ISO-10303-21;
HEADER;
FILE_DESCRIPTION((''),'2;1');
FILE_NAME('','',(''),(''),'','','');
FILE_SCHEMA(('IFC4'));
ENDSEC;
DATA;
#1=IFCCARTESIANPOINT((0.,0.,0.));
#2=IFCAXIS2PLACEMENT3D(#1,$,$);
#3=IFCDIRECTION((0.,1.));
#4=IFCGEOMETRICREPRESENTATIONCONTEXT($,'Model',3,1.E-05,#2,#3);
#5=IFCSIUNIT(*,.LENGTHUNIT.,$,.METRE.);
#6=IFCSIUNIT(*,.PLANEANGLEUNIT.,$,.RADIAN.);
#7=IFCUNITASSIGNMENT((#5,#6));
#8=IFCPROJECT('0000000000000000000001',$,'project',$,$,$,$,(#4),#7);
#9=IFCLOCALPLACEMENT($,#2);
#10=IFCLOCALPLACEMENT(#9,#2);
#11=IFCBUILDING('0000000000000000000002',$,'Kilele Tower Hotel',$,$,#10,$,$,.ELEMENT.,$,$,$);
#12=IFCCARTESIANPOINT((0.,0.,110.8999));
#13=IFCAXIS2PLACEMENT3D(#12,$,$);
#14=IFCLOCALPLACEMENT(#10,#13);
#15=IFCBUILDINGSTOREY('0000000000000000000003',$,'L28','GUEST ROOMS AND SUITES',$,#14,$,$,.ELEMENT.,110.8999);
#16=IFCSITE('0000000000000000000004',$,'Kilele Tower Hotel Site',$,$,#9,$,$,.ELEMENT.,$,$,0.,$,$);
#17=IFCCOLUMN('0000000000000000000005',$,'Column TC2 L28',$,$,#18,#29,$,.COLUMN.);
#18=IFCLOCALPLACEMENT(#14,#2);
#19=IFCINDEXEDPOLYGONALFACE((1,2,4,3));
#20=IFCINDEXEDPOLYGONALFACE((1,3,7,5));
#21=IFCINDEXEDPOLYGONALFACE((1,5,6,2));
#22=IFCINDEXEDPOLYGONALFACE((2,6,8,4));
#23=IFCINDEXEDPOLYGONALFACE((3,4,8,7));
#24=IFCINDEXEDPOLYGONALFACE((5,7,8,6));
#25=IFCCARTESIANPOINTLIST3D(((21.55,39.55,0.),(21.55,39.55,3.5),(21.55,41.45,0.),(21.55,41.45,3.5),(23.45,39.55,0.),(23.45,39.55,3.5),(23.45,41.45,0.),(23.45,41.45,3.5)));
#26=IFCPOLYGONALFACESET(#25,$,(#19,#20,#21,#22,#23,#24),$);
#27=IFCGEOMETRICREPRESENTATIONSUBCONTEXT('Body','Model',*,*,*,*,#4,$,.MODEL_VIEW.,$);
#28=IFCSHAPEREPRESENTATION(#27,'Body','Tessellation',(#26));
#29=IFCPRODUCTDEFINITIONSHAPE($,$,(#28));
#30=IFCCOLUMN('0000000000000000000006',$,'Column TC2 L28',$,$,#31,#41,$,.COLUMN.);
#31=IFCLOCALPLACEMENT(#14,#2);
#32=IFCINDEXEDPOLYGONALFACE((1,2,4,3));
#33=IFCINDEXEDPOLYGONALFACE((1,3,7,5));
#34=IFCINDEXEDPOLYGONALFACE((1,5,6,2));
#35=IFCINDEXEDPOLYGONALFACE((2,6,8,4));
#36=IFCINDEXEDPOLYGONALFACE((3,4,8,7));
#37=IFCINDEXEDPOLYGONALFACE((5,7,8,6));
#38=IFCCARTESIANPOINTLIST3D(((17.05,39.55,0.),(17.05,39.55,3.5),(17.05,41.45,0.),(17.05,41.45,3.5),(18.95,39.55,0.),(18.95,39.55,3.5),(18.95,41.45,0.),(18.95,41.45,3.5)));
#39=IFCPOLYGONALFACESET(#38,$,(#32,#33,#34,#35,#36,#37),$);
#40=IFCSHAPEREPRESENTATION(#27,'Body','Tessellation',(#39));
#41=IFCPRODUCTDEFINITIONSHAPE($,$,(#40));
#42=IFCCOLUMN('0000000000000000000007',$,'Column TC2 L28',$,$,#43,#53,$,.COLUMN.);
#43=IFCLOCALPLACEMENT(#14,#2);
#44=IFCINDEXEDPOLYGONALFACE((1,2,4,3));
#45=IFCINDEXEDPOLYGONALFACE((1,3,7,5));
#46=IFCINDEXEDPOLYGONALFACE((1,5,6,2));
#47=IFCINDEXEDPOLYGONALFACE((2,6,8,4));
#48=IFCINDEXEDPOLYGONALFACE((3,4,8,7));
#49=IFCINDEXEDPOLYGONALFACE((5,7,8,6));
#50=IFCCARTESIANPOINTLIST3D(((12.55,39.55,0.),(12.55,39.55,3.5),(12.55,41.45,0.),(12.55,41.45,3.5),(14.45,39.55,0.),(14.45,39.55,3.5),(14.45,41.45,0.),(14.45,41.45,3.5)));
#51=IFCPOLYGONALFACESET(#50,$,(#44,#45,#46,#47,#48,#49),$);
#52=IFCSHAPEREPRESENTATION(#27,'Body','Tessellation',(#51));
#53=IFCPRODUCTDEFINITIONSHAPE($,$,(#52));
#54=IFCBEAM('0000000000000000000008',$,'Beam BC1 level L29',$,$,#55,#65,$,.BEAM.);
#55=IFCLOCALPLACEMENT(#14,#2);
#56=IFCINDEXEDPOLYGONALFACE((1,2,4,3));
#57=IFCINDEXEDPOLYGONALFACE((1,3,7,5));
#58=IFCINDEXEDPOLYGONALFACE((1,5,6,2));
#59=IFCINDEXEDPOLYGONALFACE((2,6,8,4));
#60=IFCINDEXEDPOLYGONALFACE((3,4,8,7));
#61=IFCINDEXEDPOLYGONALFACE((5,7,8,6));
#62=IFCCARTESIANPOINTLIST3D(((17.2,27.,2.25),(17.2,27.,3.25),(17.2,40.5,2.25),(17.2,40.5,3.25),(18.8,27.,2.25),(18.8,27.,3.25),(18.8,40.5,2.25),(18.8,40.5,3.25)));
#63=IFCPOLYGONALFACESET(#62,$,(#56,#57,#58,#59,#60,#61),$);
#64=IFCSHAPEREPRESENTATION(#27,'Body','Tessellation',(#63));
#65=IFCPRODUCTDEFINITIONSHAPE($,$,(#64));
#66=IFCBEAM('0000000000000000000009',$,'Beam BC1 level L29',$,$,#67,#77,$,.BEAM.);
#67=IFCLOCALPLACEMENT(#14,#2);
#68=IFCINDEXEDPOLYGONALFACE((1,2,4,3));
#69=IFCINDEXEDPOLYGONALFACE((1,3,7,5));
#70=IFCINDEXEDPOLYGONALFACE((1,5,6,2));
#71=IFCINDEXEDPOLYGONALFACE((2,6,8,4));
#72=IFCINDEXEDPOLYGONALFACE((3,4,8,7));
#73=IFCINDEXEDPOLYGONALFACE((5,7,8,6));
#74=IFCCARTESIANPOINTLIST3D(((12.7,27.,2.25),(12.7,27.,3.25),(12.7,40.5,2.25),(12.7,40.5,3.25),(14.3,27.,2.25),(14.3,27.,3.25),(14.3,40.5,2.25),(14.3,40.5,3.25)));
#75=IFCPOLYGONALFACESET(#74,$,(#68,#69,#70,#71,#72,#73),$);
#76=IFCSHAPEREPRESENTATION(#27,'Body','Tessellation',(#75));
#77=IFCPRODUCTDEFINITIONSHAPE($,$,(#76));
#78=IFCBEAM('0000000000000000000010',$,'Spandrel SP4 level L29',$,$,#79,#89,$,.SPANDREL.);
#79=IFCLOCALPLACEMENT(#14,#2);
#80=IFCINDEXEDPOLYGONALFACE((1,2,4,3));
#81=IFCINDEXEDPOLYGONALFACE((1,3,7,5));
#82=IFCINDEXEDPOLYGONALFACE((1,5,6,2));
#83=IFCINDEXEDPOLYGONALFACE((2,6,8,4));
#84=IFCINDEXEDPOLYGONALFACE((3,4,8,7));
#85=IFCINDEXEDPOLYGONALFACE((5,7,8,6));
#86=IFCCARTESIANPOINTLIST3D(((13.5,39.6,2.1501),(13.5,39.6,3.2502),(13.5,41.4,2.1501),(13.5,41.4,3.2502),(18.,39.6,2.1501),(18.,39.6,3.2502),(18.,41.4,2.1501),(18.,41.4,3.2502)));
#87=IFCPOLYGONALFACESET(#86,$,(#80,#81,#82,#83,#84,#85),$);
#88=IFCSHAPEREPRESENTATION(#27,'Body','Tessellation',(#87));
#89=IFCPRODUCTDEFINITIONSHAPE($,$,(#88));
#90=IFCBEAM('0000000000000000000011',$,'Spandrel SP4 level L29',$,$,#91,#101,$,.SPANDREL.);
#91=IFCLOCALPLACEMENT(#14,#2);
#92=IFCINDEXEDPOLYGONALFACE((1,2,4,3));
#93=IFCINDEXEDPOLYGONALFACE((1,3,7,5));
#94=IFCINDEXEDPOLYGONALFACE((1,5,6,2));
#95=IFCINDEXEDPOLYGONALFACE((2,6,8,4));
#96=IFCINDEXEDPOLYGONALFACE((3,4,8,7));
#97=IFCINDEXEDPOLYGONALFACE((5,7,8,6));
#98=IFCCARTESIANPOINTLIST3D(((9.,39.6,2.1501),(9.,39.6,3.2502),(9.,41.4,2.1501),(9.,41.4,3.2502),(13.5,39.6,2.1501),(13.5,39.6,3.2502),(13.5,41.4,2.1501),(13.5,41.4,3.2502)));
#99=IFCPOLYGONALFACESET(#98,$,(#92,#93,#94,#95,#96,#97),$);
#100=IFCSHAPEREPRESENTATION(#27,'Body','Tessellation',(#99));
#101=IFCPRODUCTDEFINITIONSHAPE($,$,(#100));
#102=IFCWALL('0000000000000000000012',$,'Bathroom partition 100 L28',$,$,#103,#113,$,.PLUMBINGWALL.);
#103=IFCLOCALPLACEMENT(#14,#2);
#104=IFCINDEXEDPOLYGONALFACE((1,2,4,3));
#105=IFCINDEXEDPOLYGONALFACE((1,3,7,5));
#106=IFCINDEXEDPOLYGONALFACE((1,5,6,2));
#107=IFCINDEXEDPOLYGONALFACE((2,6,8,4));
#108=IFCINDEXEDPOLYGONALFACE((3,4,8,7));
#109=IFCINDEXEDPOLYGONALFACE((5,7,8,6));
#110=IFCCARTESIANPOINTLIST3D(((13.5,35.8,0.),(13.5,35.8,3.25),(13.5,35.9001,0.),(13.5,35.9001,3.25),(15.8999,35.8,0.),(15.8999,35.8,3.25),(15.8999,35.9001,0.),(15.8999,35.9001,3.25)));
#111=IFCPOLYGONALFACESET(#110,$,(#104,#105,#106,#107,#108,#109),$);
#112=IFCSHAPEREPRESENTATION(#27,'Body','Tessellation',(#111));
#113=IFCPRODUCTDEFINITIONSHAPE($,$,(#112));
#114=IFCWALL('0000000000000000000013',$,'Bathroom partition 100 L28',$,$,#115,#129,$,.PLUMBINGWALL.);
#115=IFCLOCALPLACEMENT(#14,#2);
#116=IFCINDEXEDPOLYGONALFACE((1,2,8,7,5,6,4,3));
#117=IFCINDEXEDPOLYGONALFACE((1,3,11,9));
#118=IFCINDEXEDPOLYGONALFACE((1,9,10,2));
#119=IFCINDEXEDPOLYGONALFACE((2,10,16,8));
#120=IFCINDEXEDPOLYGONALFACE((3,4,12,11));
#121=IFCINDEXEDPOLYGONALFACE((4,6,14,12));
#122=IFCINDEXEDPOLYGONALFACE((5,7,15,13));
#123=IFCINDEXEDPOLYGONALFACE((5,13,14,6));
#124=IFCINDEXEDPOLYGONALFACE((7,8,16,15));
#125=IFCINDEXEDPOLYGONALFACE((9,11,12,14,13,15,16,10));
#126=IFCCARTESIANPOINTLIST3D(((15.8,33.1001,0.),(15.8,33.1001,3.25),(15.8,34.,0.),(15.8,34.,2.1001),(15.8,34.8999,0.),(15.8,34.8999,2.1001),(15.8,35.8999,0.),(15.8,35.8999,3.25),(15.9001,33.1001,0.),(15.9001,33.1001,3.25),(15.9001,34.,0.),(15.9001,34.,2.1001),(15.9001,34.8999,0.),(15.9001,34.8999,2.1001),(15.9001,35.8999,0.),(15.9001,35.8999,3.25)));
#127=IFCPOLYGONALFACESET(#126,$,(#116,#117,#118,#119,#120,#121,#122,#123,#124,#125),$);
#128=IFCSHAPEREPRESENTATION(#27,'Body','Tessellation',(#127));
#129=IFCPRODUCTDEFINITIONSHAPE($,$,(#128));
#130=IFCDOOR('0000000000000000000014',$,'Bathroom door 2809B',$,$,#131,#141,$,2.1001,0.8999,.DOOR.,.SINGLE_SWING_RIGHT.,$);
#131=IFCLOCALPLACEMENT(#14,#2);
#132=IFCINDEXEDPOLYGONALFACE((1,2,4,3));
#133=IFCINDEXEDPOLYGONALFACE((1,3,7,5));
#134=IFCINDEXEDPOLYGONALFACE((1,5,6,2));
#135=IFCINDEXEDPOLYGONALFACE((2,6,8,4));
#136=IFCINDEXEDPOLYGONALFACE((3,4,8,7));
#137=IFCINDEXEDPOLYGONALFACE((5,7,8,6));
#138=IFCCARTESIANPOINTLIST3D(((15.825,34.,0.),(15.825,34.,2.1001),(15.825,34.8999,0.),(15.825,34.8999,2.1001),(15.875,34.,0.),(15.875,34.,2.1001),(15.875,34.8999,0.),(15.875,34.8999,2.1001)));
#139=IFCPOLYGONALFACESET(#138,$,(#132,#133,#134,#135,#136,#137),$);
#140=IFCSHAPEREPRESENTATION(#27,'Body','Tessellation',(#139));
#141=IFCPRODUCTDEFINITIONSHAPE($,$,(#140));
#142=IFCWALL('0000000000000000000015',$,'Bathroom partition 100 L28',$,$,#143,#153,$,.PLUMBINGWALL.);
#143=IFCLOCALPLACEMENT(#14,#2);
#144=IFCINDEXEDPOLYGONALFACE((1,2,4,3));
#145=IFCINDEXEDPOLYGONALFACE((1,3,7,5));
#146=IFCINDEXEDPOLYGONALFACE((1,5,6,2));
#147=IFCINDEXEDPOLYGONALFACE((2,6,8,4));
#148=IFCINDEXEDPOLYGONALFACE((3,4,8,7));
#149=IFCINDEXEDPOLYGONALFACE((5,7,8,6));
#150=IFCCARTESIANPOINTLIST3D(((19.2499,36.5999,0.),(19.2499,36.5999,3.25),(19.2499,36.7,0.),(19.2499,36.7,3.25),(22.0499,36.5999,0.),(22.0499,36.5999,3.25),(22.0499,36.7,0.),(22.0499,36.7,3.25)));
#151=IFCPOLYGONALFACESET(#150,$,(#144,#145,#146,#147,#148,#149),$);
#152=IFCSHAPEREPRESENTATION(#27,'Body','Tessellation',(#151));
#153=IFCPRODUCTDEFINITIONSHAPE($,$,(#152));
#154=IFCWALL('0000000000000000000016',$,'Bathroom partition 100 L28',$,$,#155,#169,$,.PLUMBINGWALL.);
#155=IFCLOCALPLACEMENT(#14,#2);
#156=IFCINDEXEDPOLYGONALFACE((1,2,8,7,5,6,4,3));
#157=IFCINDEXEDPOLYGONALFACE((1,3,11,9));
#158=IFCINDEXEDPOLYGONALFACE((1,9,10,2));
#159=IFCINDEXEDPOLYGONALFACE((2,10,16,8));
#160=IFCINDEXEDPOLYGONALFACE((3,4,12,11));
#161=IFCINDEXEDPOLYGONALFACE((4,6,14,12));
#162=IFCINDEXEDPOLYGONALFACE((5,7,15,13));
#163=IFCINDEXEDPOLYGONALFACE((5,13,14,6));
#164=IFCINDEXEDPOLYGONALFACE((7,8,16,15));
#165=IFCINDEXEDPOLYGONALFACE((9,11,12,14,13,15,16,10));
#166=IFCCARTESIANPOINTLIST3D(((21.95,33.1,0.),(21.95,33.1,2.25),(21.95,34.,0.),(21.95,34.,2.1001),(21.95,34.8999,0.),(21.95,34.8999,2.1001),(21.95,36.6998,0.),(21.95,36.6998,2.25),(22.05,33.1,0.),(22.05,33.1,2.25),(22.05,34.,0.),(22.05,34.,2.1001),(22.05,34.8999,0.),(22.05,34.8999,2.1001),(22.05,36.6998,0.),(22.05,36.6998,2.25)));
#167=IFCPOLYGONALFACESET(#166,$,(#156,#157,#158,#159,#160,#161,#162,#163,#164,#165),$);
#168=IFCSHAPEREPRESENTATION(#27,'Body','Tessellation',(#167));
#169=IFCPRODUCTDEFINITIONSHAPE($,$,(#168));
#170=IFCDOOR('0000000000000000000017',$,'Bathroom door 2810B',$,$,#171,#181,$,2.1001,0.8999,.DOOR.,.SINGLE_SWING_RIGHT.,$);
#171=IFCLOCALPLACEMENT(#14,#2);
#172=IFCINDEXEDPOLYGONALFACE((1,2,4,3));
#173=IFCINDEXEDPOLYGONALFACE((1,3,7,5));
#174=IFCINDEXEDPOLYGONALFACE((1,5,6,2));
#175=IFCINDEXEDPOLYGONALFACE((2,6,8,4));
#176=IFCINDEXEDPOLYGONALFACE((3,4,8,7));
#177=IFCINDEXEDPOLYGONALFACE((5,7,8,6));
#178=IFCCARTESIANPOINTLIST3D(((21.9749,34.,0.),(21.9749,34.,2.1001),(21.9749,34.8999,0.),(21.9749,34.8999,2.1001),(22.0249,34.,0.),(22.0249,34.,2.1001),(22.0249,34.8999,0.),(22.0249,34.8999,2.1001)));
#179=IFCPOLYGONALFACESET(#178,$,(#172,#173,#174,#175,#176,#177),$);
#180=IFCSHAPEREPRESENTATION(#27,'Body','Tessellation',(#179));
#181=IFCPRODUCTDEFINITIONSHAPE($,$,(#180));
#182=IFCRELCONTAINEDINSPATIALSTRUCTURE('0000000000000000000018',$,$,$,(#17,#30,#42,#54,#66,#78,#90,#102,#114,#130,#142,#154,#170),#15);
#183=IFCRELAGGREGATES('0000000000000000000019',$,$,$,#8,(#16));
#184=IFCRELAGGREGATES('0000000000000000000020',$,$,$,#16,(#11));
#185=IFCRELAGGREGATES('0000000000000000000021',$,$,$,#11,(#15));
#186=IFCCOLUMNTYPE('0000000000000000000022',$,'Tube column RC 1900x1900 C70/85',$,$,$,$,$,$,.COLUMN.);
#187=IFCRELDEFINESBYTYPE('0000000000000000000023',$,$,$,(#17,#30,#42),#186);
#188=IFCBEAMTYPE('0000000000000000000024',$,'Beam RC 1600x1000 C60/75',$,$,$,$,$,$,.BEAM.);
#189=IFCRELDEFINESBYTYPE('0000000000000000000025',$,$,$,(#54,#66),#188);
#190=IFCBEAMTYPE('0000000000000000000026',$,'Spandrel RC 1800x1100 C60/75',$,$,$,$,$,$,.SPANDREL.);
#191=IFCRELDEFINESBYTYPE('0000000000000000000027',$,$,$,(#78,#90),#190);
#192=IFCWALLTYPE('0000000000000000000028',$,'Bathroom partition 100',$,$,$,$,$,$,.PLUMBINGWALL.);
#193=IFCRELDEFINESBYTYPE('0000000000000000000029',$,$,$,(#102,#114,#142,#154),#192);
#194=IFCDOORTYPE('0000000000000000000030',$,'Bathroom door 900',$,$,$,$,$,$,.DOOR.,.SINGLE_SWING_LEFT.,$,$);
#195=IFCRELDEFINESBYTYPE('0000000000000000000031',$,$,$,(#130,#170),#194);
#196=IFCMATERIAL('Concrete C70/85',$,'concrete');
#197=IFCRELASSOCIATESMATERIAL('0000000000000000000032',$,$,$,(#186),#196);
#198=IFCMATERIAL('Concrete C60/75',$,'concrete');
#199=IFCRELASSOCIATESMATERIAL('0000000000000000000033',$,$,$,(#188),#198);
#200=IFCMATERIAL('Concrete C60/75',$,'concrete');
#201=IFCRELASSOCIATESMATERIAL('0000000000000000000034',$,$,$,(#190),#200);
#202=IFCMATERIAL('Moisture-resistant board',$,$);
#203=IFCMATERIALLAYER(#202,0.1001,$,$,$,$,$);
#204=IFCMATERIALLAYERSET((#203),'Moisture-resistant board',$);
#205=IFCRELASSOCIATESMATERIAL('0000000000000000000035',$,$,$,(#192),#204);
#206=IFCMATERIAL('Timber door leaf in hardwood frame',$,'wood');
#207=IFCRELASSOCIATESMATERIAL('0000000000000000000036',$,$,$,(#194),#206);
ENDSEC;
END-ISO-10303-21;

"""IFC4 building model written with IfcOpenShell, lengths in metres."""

from ifc_helpers import new_model, si_unit, direction, frame, frame_2d, origin, origin_2d, place, context, subcontext, project, spatial, rectangle, extrude, material, layer, layer_set, material_profile, profile_set, type_object, element, fill, save


model = new_model("IFC4")

# Units and contexts
model_context = context("Model", 3, precision=1e-05, world=origin(), true_north=direction((0.0, 1.0)))
body_context = subcontext(model_context, "Body", "Model", "MODEL_VIEW")
ifc_project = project(units=[si_unit("LENGTHUNIT", "METRE"), si_unit("PLANEANGLEUNIT", "RADIAN")], contexts=[model_context])

# Site, building, storey
site_placement = place(None, origin())
site = spatial("IfcSite", under=ifc_project, at=site_placement, Name="Kilele Tower Hotel Site", CompositionType="ELEMENT", RefElevation=0.0)
building_placement = place(site_placement, origin())
building = spatial("IfcBuilding", under=site, at=building_placement, Name="Kilele Tower Hotel", CompositionType="ELEMENT")
storey_placement = place(building_placement, frame((0.0, 0.0, 110.8999)))
storey = spatial("IfcBuildingStorey", under=building, at=storey_placement, Name="L28", Description="GUEST ROOMS AND SUITES", CompositionType="ELEMENT", Elevation=110.8999)

# Columns
ifc_material_1 = material(Name="Concrete C70/85", Category="concrete")
ifc_material_profile_1 = material_profile(ifc_material_1, rectangle(XDim=1.8999, YDim=1.8999, at=origin_2d()))
ifc_profile_set_1 = profile_set([ifc_material_profile_1], Name="Concrete C70/85")
column_type = type_object("IfcColumnType", Name="Tube column RC 1900x1900 C70/85", PredefinedType="COLUMN", material=ifc_profile_set_1)
for number, where, z_axis, x_axis, name in (
    (1, (22.5, 40.5, 0.0), (0.0, 0.0, 1.0), (1.0, 0.0, 0.0), "Column TC2 L28"),
    (2, (18.0, 40.5, 0.0), (0.0, 0.0, 1.0), (1.0, 0.0, 0.0), "Column TC2 L28"),
    (3, (13.5, 40.5, 0.0), (0.0, 0.0, 1.0), (1.0, 0.0, 0.0), "Column TC2 L28"),
):
    element("IfcColumn", number, at=place(storey_placement, frame(where, z_axis=z_axis, x_axis=x_axis)), inside=storey, type_object=column_type, Name=name, PredefinedType="COLUMN", context=body_context, shape_type="SweptSolid", body=[
        extrude(rectangle(XDim=1.8999, YDim=1.8999, at=origin_2d()), origin(), (0.0, 0.0, 1.0), 3.5),
    ])

# Beams
ifc_material_2 = material(Name="Concrete C60/75", Category="concrete")
ifc_material_profile_2 = material_profile(ifc_material_2, rectangle(XDim=1.6001, YDim=1.0, at=origin_2d()))
ifc_profile_set_2 = profile_set([ifc_material_profile_2], Name="Concrete C60/75")
beam_type_1 = type_object("IfcBeamType", Name="Beam RC 1600x1000 C60/75", PredefinedType="BEAM", material=ifc_profile_set_2)
for number, where, z_axis, x_axis, name in (
    (4, (18.0, 40.5, 2.75), (0.0, -1.0, 0.0), (1.0, 0.0, 0.0), "Beam BC1 level L29"),
    (5, (13.5, 40.5, 2.75), (0.0, -1.0, 0.0), (1.0, 0.0, 0.0), "Beam BC1 level L29"),
):
    element("IfcBeam", number, at=place(storey_placement, frame(where, z_axis=z_axis, x_axis=x_axis)), inside=storey, type_object=beam_type_1, Name=name, PredefinedType="BEAM", context=body_context, shape_type="SweptSolid", body=[
        extrude(rectangle(XDim=1.6001, YDim=1.0, at=origin_2d()), origin(), (0.0, 0.0, 1.0), 13.5),
    ])
ifc_material_3 = material(Name="Concrete C60/75", Category="concrete")
ifc_material_profile_3 = material_profile(ifc_material_3, rectangle(XDim=1.8, YDim=1.1001, at=origin_2d()))
ifc_profile_set_3 = profile_set([ifc_material_profile_3], Name="Concrete C60/75")
beam_type_2 = type_object("IfcBeamType", Name="Spandrel RC 1800x1100 C60/75", PredefinedType="SPANDREL", material=ifc_profile_set_3)
for number, where, z_axis, x_axis, name in (
    (6, (18.0, 40.5, 2.7002), (-1.0, 0.0, 0.0), (0.0, -1.0, 0.0), "Spandrel SP4 level L29"),
    (7, (13.5, 40.5, 2.7002), (-1.0, 0.0, 0.0), (0.0, -1.0, 0.0), "Spandrel SP4 level L29"),
):
    element("IfcBeam", number, at=place(storey_placement, frame(where, z_axis=z_axis, x_axis=x_axis)), inside=storey, type_object=beam_type_2, Name=name, PredefinedType="SPANDREL", context=body_context, shape_type="SweptSolid", body=[
        extrude(rectangle(XDim=1.8, YDim=1.1001, at=origin_2d()), origin(), (0.0, 0.0, 1.0), 4.5),
    ])

# Wall
ifc_material_4 = material(Name="Moisture-resistant board")
ifc_layer_1 = layer(ifc_material_4, 0.1001)
ifc_layer_set_1 = layer_set([ifc_layer_1], Name="Moisture-resistant board")
wall_type_1 = type_object("IfcWallType", Name="Bathroom partition 100", PredefinedType="PLUMBINGWALL", material=ifc_layer_set_1)
wall_1_placement = place(storey_placement, frame((13.5, 35.8501, 0.0), z_axis=(0.0, 0.0, 1.0), x_axis=(1.0, 0.0, 0.0)))
element("IfcWall", 8, at=wall_1_placement, inside=storey, type_object=wall_type_1, Name="Bathroom partition 100 L28", PredefinedType="PLUMBINGWALL", context=body_context, shape_type="SweptSolid", body=[
    extrude(rectangle(XDim=2.3999, YDim=0.1001, at=frame_2d((1.2, 0.0))), origin(), (0.0, 0.0, 1.0), 3.25),
])

# Wall, opening, door
wall_2_placement = place(storey_placement, frame((15.8501, 33.1001, 0.0), z_axis=(0.0, 0.0, 1.0), x_axis=(0.0, 1.0, 0.0)))
wall_2 = element("IfcWall", 9, at=wall_2_placement, inside=storey, type_object=wall_type_1, Name="Bathroom partition 100 L28", PredefinedType="PLUMBINGWALL", context=body_context, shape_type="SweptSolid", body=[
    extrude(rectangle(XDim=2.7998, YDim=0.1001, at=frame_2d((1.3999, 0.0))), origin(), (0.0, 0.0, 1.0), 3.25),
])
opening_1_placement = place(wall_2_placement, frame((1.7998, 0.0, 0.0), z_axis=(0.0, 0.0, 1.0), x_axis=(-1.0, 0.0, 0.0)))
opening_1 = element("IfcOpeningElement", 10, at=opening_1_placement, cuts=wall_2, PredefinedType="OPENING", context=body_context, shape_type="SweptSolid", body=[
    extrude(rectangle(XDim=0.8999, YDim=2.1001, at=frame_2d((0.45, 1.05))), frame((0.0, 0.0601, 0.0), z_axis=(0.0, -1.0, 0.0), x_axis=(1.0, 0.0, 0.0)), (0.0, 0.0, 1.0), 0.1201),
])
ifc_material_5 = material(Name="Timber door leaf in hardwood frame", Category="wood")
door_type_1 = type_object("IfcDoorType", Name="Bathroom door 900", OperationType="SINGLE_SWING_LEFT", PredefinedType="DOOR", material=ifc_material_5)
door_1_placement = place(opening_1_placement, origin())
door_1 = element("IfcDoor", 11, at=door_1_placement, inside=storey, type_object=door_type_1, Name="Bathroom door 2809B", OperationType="SINGLE_SWING_RIGHT", OverallHeight=2.1001, OverallWidth=0.8999, PredefinedType="DOOR", context=body_context, shape_type="SweptSolid", body=[
    extrude(rectangle(XDim=0.8999, YDim=2.1001, at=frame_2d((0.45, 1.05))), frame((0.0, 0.0249, 0.0), z_axis=(0.0, -1.0, 0.0), x_axis=(1.0, 0.0, 0.0)), (0.0, 0.0, 1.0), 0.05),
])
fill(opening_1, door_1)

# Wall
wall_3_placement = place(storey_placement, frame((19.25, 36.6499, 0.0), z_axis=(0.0, 0.0, 1.0), x_axis=(1.0, 0.0, 0.0)))
element("IfcWall", 12, at=wall_3_placement, inside=storey, type_object=wall_type_1, Name="Bathroom partition 100 L28", PredefinedType="PLUMBINGWALL", context=body_context, shape_type="SweptSolid", body=[
    extrude(rectangle(XDim=2.8, YDim=0.1001, at=frame_2d((1.3999, 0.0))), origin(), (0.0, 0.0, 1.0), 3.25),
])

# Wall, opening, door
wall_4_placement = place(storey_placement, frame((22.0, 33.1001, 0.0), z_axis=(0.0, 0.0, 1.0), x_axis=(0.0, 1.0, 0.0)))
wall_4 = element("IfcWall", 13, at=wall_4_placement, inside=storey, type_object=wall_type_1, Name="Bathroom partition 100 L28", PredefinedType="PLUMBINGWALL", context=body_context, shape_type="SweptSolid", body=[
    extrude(rectangle(XDim=3.5999, YDim=0.1001, at=frame_2d((1.7998, 0.0))), origin(), (0.0, 0.0, 1.0), 2.25),
])
opening_2_placement = place(wall_4_placement, frame((1.7998, 0.0, 0.0), z_axis=(0.0, 0.0, 1.0), x_axis=(-1.0, 0.0, 0.0)))
opening_2 = element("IfcOpeningElement", 14, at=opening_2_placement, cuts=wall_4, PredefinedType="OPENING", context=body_context, shape_type="SweptSolid", body=[
    extrude(rectangle(XDim=0.8999, YDim=2.1001, at=frame_2d((0.45, 1.05))), frame((0.0, 0.0601, 0.0), z_axis=(0.0, -1.0, 0.0), x_axis=(1.0, 0.0, 0.0)), (0.0, 0.0, 1.0), 0.1201),
])
door_2_placement = place(opening_2_placement, origin())
door_2 = element("IfcDoor", 15, at=door_2_placement, inside=storey, type_object=door_type_1, Name="Bathroom door 2810B", OperationType="SINGLE_SWING_RIGHT", OverallHeight=2.1001, OverallWidth=0.8999, PredefinedType="DOOR", context=body_context, shape_type="SweptSolid", body=[
    extrude(rectangle(XDim=0.8999, YDim=2.1001, at=frame_2d((0.45, 1.05))), frame((0.0, 0.0249, 0.0), z_axis=(0.0, -1.0, 0.0), x_axis=(1.0, 0.0, 0.0)), (0.0, 0.0, 1.0), 0.05),
])
fill(opening_2, door_2)

save(model, "model.ifc")
